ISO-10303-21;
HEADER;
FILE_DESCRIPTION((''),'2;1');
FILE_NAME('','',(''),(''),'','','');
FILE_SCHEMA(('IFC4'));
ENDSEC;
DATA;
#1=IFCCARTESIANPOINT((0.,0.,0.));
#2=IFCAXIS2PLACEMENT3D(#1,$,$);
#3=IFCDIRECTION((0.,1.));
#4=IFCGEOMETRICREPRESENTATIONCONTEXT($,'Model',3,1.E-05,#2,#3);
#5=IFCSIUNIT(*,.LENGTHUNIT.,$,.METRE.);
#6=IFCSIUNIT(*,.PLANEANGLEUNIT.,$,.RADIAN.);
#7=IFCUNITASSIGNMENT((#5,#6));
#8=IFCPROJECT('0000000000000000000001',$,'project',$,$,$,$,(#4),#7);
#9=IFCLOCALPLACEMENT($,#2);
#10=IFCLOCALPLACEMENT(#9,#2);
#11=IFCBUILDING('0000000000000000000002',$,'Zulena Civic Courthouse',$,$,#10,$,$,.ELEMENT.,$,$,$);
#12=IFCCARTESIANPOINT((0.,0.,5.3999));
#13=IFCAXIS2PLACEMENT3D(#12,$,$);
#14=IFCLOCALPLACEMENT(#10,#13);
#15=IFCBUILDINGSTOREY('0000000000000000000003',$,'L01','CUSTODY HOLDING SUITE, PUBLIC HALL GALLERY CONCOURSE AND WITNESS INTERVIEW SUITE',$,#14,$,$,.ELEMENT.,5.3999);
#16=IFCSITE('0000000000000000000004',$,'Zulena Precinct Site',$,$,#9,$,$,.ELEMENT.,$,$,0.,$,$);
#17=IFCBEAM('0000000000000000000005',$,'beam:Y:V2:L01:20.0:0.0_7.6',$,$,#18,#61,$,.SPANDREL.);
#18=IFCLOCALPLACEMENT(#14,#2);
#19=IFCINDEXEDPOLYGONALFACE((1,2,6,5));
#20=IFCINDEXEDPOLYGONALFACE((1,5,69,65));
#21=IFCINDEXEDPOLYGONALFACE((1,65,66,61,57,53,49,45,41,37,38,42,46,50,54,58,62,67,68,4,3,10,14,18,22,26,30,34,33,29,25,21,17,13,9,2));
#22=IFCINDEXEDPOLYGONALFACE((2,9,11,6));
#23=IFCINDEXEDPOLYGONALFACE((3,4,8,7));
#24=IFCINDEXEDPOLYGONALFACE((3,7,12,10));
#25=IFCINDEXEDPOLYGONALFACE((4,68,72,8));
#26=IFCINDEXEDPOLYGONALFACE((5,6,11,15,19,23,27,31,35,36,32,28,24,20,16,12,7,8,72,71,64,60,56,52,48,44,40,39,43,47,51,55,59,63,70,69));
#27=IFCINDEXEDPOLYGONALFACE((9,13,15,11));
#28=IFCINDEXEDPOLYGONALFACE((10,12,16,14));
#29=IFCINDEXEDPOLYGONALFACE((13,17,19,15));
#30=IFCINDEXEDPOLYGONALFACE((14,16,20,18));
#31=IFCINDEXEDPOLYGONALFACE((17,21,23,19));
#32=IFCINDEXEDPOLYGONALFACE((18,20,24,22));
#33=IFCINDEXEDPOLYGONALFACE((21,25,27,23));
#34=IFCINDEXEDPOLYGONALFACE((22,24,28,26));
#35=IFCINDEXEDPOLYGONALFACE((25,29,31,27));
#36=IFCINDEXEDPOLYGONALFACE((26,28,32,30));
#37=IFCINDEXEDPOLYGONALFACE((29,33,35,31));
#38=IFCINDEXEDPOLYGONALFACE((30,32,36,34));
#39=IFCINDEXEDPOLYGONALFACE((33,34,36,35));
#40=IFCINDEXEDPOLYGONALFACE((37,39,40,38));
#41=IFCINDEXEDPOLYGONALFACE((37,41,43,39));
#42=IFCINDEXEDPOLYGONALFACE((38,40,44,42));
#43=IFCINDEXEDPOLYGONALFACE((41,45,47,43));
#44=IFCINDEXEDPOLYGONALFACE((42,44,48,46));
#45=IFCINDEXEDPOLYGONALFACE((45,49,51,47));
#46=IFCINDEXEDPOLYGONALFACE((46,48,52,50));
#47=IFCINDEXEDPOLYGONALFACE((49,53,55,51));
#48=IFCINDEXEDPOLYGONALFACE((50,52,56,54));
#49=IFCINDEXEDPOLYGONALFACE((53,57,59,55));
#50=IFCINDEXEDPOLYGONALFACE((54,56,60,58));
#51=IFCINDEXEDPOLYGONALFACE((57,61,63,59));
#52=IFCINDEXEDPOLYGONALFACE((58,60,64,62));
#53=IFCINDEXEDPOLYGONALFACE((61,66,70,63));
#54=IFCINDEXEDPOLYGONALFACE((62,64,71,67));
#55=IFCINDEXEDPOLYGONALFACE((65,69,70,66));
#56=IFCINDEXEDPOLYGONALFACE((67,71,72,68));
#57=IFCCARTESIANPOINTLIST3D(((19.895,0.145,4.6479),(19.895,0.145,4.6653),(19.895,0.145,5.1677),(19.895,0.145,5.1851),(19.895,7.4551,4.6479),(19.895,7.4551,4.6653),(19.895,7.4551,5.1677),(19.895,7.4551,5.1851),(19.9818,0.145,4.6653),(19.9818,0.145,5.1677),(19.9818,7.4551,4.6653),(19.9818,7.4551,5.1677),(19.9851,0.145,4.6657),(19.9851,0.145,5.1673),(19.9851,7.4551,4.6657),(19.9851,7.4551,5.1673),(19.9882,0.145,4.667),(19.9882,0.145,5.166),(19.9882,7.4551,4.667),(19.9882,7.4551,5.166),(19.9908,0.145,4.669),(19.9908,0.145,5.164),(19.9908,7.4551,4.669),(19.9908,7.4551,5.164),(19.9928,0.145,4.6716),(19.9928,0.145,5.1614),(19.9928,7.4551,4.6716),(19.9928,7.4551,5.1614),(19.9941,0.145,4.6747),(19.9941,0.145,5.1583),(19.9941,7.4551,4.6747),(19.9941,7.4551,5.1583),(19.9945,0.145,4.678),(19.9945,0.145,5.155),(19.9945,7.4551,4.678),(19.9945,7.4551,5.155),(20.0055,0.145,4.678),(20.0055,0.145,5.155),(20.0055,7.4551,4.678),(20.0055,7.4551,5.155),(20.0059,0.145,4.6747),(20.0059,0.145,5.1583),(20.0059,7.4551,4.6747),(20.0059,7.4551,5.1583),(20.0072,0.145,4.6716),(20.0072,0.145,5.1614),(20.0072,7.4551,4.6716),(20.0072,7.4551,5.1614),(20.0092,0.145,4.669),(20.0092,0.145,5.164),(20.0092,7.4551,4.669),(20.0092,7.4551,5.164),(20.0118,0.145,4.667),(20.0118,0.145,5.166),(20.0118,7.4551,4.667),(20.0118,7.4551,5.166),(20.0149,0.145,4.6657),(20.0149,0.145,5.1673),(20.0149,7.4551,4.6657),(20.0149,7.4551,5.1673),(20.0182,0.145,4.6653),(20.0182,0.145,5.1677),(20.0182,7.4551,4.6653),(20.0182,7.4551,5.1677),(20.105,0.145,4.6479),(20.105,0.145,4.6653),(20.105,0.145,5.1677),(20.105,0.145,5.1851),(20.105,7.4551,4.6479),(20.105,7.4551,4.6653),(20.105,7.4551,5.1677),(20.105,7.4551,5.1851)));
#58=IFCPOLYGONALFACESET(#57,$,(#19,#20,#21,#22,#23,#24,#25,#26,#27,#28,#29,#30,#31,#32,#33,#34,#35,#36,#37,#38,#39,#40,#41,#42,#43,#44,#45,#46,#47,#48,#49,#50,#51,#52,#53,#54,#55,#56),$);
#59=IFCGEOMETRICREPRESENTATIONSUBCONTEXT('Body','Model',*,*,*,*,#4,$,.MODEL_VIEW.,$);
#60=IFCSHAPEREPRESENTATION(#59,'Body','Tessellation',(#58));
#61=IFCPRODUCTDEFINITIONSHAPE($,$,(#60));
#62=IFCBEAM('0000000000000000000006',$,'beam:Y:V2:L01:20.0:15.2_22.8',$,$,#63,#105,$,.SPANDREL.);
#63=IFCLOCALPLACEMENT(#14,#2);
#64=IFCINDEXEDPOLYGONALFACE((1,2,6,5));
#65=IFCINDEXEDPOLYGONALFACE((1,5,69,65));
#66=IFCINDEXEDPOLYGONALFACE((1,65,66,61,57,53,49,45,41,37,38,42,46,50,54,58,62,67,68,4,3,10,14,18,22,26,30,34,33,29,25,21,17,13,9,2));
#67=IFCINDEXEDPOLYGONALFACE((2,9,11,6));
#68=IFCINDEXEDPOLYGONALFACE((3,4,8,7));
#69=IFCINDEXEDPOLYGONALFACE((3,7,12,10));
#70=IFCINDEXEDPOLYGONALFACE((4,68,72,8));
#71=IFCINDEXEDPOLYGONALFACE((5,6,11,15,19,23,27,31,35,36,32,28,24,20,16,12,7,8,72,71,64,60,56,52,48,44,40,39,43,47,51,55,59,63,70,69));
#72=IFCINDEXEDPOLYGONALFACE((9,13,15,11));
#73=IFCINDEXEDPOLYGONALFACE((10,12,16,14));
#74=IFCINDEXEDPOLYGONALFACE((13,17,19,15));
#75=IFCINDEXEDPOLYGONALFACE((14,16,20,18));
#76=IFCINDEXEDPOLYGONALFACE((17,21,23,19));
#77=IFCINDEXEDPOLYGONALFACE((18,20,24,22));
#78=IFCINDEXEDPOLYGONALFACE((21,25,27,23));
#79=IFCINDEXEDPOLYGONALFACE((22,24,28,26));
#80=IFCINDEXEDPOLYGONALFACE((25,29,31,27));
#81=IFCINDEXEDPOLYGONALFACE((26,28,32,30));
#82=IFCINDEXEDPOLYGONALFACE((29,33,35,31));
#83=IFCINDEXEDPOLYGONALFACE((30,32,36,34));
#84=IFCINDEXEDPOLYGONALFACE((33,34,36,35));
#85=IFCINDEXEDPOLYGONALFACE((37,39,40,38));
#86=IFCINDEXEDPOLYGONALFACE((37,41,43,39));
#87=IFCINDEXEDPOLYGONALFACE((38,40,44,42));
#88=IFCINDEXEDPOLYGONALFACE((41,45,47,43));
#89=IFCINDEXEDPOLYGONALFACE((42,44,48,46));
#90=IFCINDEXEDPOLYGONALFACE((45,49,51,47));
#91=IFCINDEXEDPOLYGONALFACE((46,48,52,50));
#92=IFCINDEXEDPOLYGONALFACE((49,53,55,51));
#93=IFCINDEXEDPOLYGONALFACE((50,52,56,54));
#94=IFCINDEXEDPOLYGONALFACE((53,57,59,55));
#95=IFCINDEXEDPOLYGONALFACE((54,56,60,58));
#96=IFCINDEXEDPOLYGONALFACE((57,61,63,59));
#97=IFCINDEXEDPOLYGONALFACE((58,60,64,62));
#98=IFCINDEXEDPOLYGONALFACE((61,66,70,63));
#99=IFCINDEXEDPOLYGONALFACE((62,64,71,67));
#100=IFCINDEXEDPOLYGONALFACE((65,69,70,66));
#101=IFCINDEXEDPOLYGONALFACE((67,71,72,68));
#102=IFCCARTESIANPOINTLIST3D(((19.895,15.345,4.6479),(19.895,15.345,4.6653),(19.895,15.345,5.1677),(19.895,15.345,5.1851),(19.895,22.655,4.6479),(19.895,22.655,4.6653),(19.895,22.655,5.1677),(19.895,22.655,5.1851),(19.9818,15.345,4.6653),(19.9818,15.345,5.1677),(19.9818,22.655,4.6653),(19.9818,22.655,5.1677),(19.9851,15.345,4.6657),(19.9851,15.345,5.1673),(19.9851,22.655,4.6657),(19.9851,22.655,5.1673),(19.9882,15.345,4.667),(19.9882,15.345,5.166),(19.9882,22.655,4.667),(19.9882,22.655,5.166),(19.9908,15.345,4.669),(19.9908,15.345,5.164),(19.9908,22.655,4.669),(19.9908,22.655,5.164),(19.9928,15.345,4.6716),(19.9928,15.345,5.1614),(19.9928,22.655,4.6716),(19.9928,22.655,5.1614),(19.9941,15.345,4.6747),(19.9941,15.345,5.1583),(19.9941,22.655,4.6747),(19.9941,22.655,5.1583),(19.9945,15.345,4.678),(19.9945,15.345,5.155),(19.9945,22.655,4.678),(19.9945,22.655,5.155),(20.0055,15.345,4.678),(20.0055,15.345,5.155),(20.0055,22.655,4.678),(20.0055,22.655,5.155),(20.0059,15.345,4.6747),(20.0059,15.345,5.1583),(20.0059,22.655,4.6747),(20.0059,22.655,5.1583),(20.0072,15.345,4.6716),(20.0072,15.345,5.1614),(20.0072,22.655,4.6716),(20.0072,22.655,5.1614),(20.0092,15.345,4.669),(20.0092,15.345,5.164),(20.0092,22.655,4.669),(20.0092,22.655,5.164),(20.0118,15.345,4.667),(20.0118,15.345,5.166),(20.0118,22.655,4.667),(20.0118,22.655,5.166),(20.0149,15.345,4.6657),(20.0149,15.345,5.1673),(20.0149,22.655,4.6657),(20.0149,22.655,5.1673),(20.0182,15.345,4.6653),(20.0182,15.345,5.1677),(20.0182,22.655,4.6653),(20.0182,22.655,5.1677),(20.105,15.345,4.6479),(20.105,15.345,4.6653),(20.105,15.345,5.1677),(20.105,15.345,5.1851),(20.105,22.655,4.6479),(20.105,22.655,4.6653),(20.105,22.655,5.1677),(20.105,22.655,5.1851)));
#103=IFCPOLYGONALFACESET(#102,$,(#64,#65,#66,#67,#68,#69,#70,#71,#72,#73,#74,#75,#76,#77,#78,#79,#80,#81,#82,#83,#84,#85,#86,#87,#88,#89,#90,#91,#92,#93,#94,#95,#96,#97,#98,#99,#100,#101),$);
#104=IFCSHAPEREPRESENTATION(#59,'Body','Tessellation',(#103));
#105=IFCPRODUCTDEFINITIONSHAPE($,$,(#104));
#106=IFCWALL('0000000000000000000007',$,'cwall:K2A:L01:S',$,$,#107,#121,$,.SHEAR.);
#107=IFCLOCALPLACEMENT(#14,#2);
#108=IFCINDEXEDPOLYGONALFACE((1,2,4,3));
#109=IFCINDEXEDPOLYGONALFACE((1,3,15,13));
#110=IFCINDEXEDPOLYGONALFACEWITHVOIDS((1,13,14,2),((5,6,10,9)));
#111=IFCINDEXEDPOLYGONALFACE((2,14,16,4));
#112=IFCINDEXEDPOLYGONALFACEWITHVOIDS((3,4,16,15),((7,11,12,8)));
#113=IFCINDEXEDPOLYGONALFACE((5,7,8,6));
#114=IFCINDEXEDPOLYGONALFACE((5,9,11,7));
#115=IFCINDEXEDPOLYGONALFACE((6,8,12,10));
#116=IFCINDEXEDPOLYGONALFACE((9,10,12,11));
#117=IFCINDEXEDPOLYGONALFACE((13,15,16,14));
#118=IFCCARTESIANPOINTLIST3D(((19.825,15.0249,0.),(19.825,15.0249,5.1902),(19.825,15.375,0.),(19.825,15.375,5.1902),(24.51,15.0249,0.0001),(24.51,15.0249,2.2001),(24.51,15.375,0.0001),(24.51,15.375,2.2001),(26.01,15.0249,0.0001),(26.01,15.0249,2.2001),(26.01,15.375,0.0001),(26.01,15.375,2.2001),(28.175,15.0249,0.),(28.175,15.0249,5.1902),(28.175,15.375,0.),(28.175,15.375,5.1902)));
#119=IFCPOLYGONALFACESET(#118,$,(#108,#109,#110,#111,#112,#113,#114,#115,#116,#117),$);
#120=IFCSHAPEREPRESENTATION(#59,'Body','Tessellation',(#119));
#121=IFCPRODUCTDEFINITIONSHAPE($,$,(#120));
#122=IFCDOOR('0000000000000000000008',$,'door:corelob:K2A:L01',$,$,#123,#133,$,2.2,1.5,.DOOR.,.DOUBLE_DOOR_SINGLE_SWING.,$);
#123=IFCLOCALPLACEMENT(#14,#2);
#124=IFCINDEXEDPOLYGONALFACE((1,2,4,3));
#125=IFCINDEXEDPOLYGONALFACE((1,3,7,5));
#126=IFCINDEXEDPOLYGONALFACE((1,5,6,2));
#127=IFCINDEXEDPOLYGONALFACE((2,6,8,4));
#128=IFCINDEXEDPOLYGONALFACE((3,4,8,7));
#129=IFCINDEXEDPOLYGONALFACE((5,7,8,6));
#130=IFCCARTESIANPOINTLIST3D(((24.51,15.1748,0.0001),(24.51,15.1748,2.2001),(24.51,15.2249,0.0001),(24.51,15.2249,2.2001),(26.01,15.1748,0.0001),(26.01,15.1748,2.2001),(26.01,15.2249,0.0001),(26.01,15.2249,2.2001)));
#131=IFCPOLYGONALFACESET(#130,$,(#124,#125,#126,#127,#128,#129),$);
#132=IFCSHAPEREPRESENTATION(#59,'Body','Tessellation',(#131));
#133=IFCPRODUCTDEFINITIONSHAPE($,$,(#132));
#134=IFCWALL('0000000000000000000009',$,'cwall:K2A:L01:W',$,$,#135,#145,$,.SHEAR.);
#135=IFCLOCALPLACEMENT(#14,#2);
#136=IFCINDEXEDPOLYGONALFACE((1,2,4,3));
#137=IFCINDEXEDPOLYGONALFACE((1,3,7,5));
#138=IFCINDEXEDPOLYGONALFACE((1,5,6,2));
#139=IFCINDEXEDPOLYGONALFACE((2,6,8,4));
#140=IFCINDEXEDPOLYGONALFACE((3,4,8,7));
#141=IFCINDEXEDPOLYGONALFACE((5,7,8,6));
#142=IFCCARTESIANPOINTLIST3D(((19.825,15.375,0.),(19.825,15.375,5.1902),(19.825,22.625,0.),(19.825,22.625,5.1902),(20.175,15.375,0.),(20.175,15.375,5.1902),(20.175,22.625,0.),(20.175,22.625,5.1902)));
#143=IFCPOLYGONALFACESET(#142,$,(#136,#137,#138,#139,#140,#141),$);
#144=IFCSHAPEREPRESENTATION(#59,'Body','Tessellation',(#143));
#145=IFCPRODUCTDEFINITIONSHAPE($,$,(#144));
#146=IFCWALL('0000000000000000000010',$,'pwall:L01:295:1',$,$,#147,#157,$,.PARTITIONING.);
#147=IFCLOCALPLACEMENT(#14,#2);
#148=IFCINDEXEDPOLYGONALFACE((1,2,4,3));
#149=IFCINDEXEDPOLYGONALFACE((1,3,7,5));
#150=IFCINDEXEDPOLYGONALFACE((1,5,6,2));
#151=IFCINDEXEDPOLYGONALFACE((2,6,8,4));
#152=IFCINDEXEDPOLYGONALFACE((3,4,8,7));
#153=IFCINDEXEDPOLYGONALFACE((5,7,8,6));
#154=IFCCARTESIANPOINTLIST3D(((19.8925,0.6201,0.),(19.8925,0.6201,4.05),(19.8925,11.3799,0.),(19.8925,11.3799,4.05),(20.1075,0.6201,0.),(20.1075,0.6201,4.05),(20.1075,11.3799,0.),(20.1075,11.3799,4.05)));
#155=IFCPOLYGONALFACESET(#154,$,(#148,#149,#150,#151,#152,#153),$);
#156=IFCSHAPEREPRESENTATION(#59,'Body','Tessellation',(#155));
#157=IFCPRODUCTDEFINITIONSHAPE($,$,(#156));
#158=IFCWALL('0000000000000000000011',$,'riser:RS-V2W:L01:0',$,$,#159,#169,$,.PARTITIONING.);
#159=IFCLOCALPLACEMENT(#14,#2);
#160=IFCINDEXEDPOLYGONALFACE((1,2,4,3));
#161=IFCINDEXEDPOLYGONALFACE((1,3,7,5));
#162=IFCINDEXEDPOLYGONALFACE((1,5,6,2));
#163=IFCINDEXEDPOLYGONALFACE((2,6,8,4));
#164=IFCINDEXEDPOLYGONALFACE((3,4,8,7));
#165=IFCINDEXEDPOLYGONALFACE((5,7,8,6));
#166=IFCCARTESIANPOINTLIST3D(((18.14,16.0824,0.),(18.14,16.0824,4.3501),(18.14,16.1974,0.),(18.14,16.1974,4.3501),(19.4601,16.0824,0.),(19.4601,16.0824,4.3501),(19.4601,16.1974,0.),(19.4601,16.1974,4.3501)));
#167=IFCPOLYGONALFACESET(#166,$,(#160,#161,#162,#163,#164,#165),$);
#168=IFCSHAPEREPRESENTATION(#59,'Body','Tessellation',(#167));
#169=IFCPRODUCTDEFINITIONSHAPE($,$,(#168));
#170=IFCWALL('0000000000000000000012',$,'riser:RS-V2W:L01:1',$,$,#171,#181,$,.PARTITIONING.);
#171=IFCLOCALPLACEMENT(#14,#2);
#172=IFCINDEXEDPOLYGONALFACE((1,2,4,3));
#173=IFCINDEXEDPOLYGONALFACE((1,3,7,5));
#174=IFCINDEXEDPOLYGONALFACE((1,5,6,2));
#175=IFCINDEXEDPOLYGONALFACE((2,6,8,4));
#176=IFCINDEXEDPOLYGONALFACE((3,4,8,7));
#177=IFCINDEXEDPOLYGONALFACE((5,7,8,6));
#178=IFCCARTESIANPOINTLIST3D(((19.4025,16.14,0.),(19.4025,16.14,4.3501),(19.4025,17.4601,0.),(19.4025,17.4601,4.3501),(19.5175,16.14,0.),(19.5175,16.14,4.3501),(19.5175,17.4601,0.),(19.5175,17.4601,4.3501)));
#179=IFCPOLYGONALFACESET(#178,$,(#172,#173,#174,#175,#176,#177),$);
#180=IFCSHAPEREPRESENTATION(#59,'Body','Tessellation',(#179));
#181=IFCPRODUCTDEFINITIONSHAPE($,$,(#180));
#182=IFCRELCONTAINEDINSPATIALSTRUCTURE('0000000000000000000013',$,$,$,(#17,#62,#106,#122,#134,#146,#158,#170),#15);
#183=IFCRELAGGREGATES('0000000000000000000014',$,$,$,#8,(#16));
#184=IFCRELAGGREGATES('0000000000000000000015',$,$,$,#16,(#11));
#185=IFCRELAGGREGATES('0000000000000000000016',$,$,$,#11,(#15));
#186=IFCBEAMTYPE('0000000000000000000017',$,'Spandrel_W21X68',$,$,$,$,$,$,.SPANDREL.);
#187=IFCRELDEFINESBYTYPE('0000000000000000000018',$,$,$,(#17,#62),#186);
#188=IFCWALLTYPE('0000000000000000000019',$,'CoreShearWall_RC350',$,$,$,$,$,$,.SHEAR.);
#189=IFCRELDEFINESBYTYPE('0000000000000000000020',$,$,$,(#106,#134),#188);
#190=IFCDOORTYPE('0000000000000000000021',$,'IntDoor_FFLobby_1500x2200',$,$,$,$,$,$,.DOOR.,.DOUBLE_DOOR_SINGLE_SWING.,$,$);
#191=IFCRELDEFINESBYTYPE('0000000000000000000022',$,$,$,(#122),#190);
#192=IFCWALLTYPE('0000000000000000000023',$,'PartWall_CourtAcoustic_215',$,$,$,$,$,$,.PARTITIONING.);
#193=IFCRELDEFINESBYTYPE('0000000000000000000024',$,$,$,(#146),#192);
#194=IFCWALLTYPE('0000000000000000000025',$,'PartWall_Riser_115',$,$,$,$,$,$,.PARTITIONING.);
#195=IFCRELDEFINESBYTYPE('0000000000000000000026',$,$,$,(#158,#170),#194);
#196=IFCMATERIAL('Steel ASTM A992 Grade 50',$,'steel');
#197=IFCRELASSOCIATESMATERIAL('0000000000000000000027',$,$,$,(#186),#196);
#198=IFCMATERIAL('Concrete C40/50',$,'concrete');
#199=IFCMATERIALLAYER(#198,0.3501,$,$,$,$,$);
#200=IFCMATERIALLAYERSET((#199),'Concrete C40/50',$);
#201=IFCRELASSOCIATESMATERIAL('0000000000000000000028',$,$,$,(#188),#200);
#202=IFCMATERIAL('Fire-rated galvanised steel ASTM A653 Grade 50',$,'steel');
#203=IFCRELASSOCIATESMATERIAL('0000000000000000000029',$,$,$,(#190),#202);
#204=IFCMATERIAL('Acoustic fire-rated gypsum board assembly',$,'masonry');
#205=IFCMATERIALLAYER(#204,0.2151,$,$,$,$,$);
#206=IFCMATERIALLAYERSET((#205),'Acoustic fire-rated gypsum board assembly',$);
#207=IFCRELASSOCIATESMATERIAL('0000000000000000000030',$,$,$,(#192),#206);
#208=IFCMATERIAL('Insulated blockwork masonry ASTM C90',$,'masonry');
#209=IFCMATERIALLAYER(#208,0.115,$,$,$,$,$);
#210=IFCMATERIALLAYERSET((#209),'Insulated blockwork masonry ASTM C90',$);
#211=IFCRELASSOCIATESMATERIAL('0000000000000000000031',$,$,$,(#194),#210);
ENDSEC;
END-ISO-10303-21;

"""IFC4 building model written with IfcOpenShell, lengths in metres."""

from ifc_helpers import new_model, si_unit, direction, frame, frame_2d, origin, origin_2d, place, context, subcontext, project, spatial, rectangle, i_section, extrude, material, layer, layer_set, material_profile, profile_set, type_object, element, fill, save


model = new_model("IFC4")

# Units and contexts
model_context = context("Model", 3, precision=1e-05, world=origin(), true_north=direction((0.0, 1.0)))
body_context = subcontext(model_context, "Body", "Model", "MODEL_VIEW")
ifc_project = project(units=[si_unit("LENGTHUNIT", "METRE"), si_unit("PLANEANGLEUNIT", "RADIAN")], contexts=[model_context])

# Site, building, storey
site_placement = place(None, origin())
site = spatial("IfcSite", under=ifc_project, at=site_placement, Name="Zulena Precinct Site", CompositionType="ELEMENT", RefElevation=0.0)
building_placement = place(site_placement, origin())
building = spatial("IfcBuilding", under=site, at=building_placement, Name="Zulena Civic Courthouse", CompositionType="ELEMENT")
storey_placement = place(building_placement, frame((0.0, 0.0, 5.3999)))
storey = spatial("IfcBuildingStorey", under=building, at=storey_placement, Name="L01", Description="CUSTODY HOLDING SUITE, PUBLIC HALL GALLERY CONCOURSE AND WITNESS INTERVIEW SUITE", CompositionType="ELEMENT", Elevation=5.3999)

# Shared definitions
ifc_material_1 = material(Name="Steel ASTM A992 Grade 50", Category="steel")

# Beams
ifc_material_profile_1 = material_profile(ifc_material_1, i_section(OverallWidth=0.21, OverallDepth=0.5371, WebThickness=0.011, FlangeThickness=0.0173, FilletRadius=0.0127, at=origin_2d()), Name="W21X68")
ifc_profile_set_1 = profile_set([ifc_material_profile_1], Name="Steel ASTM A992 Grade 50")
beam_type_1 = type_object("IfcBeamType", Name="Spandrel_W21X68", PredefinedType="SPANDREL", material=ifc_profile_set_1)
for number, where, z_axis, x_axis, name in (
    (1, (20.0, 0.145, 4.9165), (0.0, 1.0, 0.0), (-1.0, 0.0, 0.0), "beam:Y:V2:L01:20.0:0.0_7.6"),
    (2, (20.0, 15.345, 4.9165), (0.0, 1.0, 0.0), (-1.0, 0.0, 0.0), "beam:Y:V2:L01:20.0:15.2_22.8"),
):
    element("IfcBeam", number, at=place(storey_placement, frame(where, z_axis=z_axis, x_axis=x_axis)), inside=storey, type_object=beam_type_1, Name=name, PredefinedType="SPANDREL", context=body_context, shape_type="SweptSolid", body=[
        extrude(i_section(OverallWidth=0.21, OverallDepth=0.5371, WebThickness=0.011, FlangeThickness=0.0173, FilletRadius=0.0127, at=origin_2d()), origin(), (0.0, 0.0, 1.0), 7.3101),
    ])

# Wall, opening, door
ifc_material_2 = material(Name="Concrete C40/50", Category="concrete")
ifc_layer_1 = layer(ifc_material_2, 0.3501)
ifc_layer_set_1 = layer_set([ifc_layer_1], Name="Concrete C40/50")
wall_type_1 = type_object("IfcWallType", Name="CoreShearWall_RC350", PredefinedType="SHEAR", material=ifc_layer_set_1)
wall_1_placement = place(storey_placement, frame((19.825, 15.2, 0.0), z_axis=(0.0, 0.0, 1.0), x_axis=(1.0, 0.0, 0.0)))
wall_1 = element("IfcWall", 3, at=wall_1_placement, inside=storey, type_object=wall_type_1, Name="cwall:K2A:L01:S", PredefinedType="SHEAR", context=body_context, shape_type="SweptSolid", body=[
    extrude(rectangle(XDim=8.3501, YDim=0.3501, at=frame_2d((4.175, 0.0))), origin(), (0.0, 0.0, 1.0), 5.1902),
])
opening_placement = place(wall_1_placement, frame((4.6851, 0.0, 0.0)))
opening = element("IfcOpeningElement", 4, at=opening_placement, cuts=wall_1, PredefinedType="OPENING", context=body_context, shape_type="SweptSolid", body=[
    extrude(rectangle(XDim=1.5, YDim=2.2, at=frame_2d((0.75, 1.1001))), frame((0.0, 0.1851, 0.0), z_axis=(0.0, -1.0, 0.0), x_axis=(1.0, 0.0, 0.0)), (0.0, 0.0, 1.0), 0.3701),
])
ifc_material_3 = material(Name="Fire-rated galvanised steel ASTM A653 Grade 50", Category="steel")
door_type = type_object("IfcDoorType", Name="IntDoor_FFLobby_1500x2200", OperationType="DOUBLE_DOOR_SINGLE_SWING", PredefinedType="DOOR", material=ifc_material_3)
door_placement = place(opening_placement, origin())
door = element("IfcDoor", 5, at=door_placement, inside=storey, type_object=door_type, Name="door:corelob:K2A:L01", OperationType="DOUBLE_DOOR_SINGLE_SWING", OverallHeight=2.2, OverallWidth=1.5, PredefinedType="DOOR", context=body_context, shape_type="SweptSolid", body=[
    extrude(rectangle(XDim=1.5, YDim=2.2, at=frame_2d((0.75, 1.1001))), frame((0.0, 0.0249, 0.0), z_axis=(0.0, -1.0, 0.0), x_axis=(1.0, 0.0, 0.0)), (0.0, 0.0, 1.0), 0.05),
])
fill(opening, door)

# Walls
wall_2_placement = place(storey_placement, frame((20.0, 15.375, 0.0), z_axis=(0.0, 0.0, 1.0), x_axis=(0.0, 1.0, 0.0)))
element("IfcWall", 6, at=wall_2_placement, inside=storey, type_object=wall_type_1, Name="cwall:K2A:L01:W", PredefinedType="SHEAR", context=body_context, shape_type="SweptSolid", body=[
    extrude(rectangle(XDim=7.25, YDim=0.3501, at=frame_2d((3.625, 0.0))), origin(), (0.0, 0.0, 1.0), 5.1902),
])
ifc_material_4 = material(Name="Acoustic fire-rated gypsum board assembly", Category="masonry")
ifc_layer_2 = layer(ifc_material_4, 0.2151)
ifc_layer_set_2 = layer_set([ifc_layer_2], Name="Acoustic fire-rated gypsum board assembly")
wall_type_2 = type_object("IfcWallType", Name="PartWall_CourtAcoustic_215", PredefinedType="PARTITIONING", material=ifc_layer_set_2)
wall_3_placement = place(storey_placement, frame((20.0, 0.6201, 0.0), z_axis=(0.0, 0.0, 1.0), x_axis=(0.0, 1.0, 0.0)))
element("IfcWall", 7, at=wall_3_placement, inside=storey, type_object=wall_type_2, Name="pwall:L01:295:1", PredefinedType="PARTITIONING", context=body_context, shape_type="SweptSolid", body=[
    extrude(rectangle(XDim=10.7598, YDim=0.2151, at=frame_2d((5.3799, 0.0))), origin(), (0.0, 0.0, 1.0), 4.05),
])
ifc_material_5 = material(Name="Insulated blockwork masonry ASTM C90", Category="masonry")
ifc_layer_3 = layer(ifc_material_5, 0.115)
ifc_layer_set_3 = layer_set([ifc_layer_3], Name="Insulated blockwork masonry ASTM C90")
wall_type_3 = type_object("IfcWallType", Name="PartWall_Riser_115", PredefinedType="PARTITIONING", material=ifc_layer_set_3)
for number, where, z_axis, x_axis, name in (
    (8, (18.1399, 16.1399, 0.0), (0.0, 0.0, 1.0), (1.0, 0.0, 0.0), "riser:RS-V2W:L01:0"),
    (9, (19.46, 16.1399, 0.0), (0.0, 0.0, 1.0), (0.0, 1.0, 0.0), "riser:RS-V2W:L01:1"),
):
    element("IfcWall", number, at=place(storey_placement, frame(where, z_axis=z_axis, x_axis=x_axis)), inside=storey, type_object=wall_type_3, Name=name, PredefinedType="PARTITIONING", context=body_context, shape_type="SweptSolid", body=[
        extrude(rectangle(XDim=1.3201, YDim=0.115, at=frame_2d((0.6602, 0.0))), origin(), (0.0, 0.0, 1.0), 4.3501),
    ])

save(model, "model.ifc")
